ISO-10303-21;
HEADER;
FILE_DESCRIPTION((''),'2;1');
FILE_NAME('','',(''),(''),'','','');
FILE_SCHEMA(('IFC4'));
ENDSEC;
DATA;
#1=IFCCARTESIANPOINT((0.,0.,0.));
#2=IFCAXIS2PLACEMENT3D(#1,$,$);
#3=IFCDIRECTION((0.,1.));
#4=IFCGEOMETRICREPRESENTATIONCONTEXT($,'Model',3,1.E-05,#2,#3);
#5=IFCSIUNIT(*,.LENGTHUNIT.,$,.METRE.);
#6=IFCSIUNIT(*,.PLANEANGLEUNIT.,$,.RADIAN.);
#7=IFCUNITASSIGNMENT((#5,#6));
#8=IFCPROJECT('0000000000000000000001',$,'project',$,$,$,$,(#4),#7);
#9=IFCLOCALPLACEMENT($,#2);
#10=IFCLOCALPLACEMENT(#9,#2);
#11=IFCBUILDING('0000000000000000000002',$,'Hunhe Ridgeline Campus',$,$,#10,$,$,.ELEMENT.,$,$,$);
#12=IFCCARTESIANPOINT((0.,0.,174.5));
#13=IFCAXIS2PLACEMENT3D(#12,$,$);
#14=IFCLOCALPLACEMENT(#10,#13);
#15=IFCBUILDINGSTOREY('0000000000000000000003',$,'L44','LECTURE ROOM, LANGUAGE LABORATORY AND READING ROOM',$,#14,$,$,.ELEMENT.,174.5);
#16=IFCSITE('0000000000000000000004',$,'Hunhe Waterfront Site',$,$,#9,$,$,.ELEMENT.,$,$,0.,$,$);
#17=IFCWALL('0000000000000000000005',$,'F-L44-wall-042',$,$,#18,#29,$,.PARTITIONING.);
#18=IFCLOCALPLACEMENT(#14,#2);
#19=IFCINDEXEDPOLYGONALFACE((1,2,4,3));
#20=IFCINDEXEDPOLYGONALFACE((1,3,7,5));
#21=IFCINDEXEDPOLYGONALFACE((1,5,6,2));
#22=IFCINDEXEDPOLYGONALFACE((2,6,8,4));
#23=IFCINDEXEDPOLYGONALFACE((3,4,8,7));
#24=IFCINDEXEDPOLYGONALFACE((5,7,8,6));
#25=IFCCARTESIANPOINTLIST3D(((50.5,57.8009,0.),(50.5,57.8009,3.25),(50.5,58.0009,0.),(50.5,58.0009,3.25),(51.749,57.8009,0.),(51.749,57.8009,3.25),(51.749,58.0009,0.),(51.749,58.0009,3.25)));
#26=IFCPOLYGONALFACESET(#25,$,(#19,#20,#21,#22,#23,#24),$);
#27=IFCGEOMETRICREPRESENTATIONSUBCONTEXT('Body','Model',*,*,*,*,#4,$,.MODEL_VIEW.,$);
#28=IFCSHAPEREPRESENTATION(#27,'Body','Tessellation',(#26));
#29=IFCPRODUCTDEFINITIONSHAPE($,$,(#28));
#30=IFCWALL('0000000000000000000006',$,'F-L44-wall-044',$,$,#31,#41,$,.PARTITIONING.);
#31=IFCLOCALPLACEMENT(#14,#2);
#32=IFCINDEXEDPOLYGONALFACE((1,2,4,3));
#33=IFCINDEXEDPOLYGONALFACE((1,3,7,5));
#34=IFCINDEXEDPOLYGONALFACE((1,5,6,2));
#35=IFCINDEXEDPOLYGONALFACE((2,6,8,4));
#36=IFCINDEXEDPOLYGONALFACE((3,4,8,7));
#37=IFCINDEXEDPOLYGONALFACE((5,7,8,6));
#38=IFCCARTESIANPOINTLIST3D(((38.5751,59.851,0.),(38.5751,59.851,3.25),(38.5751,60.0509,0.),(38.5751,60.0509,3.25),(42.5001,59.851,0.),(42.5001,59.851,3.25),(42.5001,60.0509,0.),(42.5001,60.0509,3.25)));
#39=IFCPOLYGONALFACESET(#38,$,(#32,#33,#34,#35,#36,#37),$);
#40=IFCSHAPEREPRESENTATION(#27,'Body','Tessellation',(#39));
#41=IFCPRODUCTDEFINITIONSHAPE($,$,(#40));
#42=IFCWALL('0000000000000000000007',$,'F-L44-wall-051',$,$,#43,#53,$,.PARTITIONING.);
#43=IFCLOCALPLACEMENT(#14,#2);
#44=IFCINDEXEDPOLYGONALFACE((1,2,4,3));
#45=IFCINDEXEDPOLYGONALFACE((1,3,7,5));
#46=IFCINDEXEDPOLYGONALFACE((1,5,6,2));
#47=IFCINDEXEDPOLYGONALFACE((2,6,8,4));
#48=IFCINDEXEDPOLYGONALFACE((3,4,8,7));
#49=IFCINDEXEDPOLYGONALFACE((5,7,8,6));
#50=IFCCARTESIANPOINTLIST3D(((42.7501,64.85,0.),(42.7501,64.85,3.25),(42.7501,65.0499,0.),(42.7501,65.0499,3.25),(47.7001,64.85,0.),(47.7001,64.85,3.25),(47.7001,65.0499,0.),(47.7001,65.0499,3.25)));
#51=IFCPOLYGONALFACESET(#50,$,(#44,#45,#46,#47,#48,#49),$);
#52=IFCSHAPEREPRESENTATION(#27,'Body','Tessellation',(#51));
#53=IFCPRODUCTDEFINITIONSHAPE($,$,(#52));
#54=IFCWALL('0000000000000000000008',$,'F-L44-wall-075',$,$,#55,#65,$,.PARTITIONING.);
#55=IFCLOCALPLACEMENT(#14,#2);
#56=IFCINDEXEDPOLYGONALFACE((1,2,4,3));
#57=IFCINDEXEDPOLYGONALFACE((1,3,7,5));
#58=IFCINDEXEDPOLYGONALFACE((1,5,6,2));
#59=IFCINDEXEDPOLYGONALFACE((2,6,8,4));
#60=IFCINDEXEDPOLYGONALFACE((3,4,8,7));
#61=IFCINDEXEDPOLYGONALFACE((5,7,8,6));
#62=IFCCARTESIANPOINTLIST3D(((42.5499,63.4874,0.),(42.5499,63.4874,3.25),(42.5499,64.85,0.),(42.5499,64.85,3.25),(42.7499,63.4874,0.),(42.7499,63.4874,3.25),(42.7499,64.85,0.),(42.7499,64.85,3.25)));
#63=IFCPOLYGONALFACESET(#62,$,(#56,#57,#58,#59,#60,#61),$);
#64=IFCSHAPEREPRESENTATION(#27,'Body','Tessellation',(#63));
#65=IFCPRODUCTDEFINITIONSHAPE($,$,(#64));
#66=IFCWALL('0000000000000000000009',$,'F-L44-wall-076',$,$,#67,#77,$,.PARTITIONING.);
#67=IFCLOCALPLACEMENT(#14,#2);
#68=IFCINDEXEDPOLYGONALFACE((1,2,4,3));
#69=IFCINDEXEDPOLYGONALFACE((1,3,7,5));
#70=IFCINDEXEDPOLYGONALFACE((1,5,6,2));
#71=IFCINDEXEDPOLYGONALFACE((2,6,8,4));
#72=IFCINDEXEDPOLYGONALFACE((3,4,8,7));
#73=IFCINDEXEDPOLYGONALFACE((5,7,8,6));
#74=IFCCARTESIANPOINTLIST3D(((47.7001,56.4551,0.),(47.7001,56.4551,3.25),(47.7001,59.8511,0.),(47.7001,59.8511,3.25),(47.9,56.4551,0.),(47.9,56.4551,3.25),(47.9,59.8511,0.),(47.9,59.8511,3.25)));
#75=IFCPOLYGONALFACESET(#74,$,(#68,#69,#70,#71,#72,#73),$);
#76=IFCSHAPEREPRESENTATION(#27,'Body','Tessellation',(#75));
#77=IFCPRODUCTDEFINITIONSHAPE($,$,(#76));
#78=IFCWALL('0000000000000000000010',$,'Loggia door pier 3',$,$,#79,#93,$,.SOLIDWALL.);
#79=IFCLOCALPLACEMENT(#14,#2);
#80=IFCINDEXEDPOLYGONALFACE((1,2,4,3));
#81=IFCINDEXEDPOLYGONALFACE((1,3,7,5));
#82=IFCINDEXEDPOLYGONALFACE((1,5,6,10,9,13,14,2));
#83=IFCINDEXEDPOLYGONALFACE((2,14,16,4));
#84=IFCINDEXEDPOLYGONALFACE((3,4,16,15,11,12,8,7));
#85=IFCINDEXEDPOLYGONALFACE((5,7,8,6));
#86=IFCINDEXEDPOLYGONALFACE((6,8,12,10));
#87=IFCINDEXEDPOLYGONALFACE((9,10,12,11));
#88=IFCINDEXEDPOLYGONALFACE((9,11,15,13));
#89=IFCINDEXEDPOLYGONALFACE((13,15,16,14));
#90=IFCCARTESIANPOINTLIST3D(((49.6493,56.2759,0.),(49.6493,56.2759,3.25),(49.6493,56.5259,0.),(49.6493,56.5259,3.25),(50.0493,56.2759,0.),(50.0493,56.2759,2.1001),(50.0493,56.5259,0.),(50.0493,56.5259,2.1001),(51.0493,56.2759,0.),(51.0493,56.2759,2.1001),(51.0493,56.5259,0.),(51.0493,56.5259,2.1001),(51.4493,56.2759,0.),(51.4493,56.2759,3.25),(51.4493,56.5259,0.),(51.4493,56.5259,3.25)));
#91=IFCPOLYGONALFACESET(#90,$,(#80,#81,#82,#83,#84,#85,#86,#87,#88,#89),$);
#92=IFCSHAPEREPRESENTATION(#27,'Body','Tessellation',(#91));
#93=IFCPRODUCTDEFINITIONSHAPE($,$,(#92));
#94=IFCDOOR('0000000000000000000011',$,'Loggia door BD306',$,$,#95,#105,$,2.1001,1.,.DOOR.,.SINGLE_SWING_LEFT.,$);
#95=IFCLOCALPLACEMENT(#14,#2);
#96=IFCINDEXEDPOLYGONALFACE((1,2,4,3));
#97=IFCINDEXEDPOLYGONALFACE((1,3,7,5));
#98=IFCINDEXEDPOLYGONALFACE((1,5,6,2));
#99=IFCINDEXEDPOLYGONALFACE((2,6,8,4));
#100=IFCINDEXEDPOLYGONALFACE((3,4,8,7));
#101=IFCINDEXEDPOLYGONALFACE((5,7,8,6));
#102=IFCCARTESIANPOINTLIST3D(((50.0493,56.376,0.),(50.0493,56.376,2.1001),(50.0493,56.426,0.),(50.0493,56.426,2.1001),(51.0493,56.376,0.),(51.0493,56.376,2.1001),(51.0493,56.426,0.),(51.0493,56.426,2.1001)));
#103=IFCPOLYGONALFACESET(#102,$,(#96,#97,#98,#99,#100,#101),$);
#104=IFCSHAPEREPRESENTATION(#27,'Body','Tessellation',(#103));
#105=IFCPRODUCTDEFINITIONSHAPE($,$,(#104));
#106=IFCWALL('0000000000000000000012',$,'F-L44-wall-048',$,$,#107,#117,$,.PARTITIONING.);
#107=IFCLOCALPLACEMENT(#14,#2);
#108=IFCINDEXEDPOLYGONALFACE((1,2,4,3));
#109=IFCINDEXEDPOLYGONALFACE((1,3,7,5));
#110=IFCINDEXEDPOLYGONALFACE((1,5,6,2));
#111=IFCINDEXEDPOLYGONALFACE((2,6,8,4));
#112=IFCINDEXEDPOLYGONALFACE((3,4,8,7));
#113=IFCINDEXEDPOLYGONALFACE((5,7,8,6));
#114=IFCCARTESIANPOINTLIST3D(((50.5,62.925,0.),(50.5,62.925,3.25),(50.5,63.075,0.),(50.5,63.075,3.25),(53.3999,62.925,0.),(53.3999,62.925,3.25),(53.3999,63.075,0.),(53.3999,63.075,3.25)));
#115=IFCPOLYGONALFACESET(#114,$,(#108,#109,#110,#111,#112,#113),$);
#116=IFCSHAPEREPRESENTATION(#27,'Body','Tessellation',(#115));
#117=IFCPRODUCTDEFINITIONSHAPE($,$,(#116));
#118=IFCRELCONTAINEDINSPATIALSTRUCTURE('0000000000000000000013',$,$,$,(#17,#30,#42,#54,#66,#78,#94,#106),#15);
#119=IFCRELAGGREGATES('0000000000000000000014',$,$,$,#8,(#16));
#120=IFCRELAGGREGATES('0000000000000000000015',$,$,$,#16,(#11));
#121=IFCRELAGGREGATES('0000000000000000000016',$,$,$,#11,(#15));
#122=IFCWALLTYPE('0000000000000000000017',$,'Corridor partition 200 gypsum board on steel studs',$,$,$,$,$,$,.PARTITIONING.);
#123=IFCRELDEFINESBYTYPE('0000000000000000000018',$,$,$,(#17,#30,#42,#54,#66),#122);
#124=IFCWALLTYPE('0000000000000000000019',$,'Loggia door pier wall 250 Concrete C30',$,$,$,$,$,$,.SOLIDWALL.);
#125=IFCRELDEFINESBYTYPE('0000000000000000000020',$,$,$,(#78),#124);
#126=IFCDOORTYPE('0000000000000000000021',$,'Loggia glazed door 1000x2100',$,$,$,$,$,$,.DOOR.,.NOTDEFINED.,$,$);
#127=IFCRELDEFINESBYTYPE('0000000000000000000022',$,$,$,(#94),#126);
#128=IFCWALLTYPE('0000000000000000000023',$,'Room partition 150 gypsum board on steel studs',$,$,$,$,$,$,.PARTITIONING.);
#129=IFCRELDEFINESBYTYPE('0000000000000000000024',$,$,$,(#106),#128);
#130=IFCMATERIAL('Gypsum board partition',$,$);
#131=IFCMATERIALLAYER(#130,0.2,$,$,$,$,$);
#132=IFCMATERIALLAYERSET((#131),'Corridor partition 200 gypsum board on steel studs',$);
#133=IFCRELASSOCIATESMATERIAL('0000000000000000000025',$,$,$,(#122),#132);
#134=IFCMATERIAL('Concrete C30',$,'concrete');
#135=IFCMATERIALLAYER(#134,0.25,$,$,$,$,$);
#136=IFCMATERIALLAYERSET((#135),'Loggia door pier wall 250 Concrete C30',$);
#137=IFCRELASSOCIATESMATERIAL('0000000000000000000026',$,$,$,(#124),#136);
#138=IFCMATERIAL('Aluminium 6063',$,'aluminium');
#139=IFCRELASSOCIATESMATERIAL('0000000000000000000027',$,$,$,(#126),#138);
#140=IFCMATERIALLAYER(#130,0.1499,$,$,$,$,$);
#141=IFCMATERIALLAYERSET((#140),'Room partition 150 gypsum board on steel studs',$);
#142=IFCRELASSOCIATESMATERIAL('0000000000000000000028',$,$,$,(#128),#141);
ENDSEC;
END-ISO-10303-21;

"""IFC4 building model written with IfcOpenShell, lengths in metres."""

from ifc_helpers import new_model, si_unit, direction, frame, frame_2d, origin, place, context, subcontext, project, spatial, rectangle, extrude, material, layer, layer_set, type_object, element, fill, save


model = new_model("IFC4")

# Units and contexts
model_context = context("Model", 3, precision=1e-05, world=origin(), true_north=direction((0.0, 1.0)))
body_context = subcontext(model_context, "Body", "Model", "MODEL_VIEW")
ifc_project = project(units=[si_unit("LENGTHUNIT", "METRE"), si_unit("PLANEANGLEUNIT", "RADIAN")], contexts=[model_context])

# Site, building, storey
site_placement = place(None, origin())
site = spatial("IfcSite", under=ifc_project, at=site_placement, Name="Hunhe Waterfront Site", CompositionType="ELEMENT", RefElevation=0.0)
building_placement = place(site_placement, origin())
building = spatial("IfcBuilding", under=site, at=building_placement, Name="Hunhe Ridgeline Campus", CompositionType="ELEMENT")
storey_placement = place(building_placement, frame((0.0, 0.0, 174.5)))
storey = spatial("IfcBuildingStorey", under=building, at=storey_placement, Name="L44", Description="LECTURE ROOM, LANGUAGE LABORATORY AND READING ROOM", CompositionType="ELEMENT", Elevation=174.5)

# Shared definitions
ifc_material_1 = material(Name="Aluminium 6063", Category="aluminium")

# Walls
ifc_material_2 = material(Name="Concrete C30", Category="concrete")
ifc_material_3 = material(Name="Gypsum board partition")
ifc_layer_1 = layer(ifc_material_3, 0.2)
ifc_layer_set_1 = layer_set([ifc_layer_1], Name="Corridor partition 200 gypsum board on steel studs")
wall_type_1 = type_object("IfcWallType", Name="Corridor partition 200 gypsum board on steel studs", PredefinedType="PARTITIONING", material=ifc_layer_set_1)
wall_1_placement = place(storey_placement, frame((50.5, 57.9009, 0.0), z_axis=(0.0, 0.0, 1.0), x_axis=(1.0, 0.0, 0.0)))
element("IfcWall", 1, at=wall_1_placement, inside=storey, type_object=wall_type_1, Name="F-L44-wall-042", PredefinedType="PARTITIONING", context=body_context, shape_type="SweptSolid", body=[
    extrude(rectangle(XDim=1.249, YDim=0.2, at=frame_2d((0.6245, 0.0))), origin(), (0.0, 0.0, 1.0), 3.25),
])
wall_2_placement = place(storey_placement, frame((42.5, 59.9509, 0.0), z_axis=(0.0, 0.0, 1.0), x_axis=(-1.0, 0.0, 0.0)))
element("IfcWall", 2, at=wall_2_placement, inside=storey, type_object=wall_type_1, Name="F-L44-wall-044", PredefinedType="PARTITIONING", context=body_context, shape_type="SweptSolid", body=[
    extrude(rectangle(XDim=3.925, YDim=0.2, at=frame_2d((1.9624, 0.0))), origin(), (0.0, 0.0, 1.0), 3.25),
])

# Walls
wall_3_placement = place(storey_placement, frame((42.75, 64.95, 0.0), z_axis=(0.0, 0.0, 1.0), x_axis=(1.0, 0.0, 0.0)))
element("IfcWall", 3, at=wall_3_placement, inside=storey, type_object=wall_type_1, Name="F-L44-wall-051", PredefinedType="PARTITIONING", context=body_context, shape_type="SweptSolid", body=[
    extrude(rectangle(XDim=4.95, YDim=0.2, at=frame_2d((2.4751, 0.0))), origin(), (0.0, 0.0, 1.0), 3.25),
])
wall_4_placement = place(storey_placement, frame((42.6499, 63.4875, 0.0), z_axis=(0.0, 0.0, 1.0), x_axis=(0.0, 1.0, 0.0)))
element("IfcWall", 4, at=wall_4_placement, inside=storey, type_object=wall_type_1, Name="F-L44-wall-075", PredefinedType="PARTITIONING", context=body_context, shape_type="SweptSolid", body=[
    extrude(rectangle(XDim=1.3625, YDim=0.2, at=frame_2d((0.6812, 0.0))), origin(), (0.0, 0.0, 1.0), 3.25),
])
wall_5_placement = place(storey_placement, frame((47.8, 56.4551, 0.0), z_axis=(0.0, 0.0, 1.0), x_axis=(0.0, 1.0, 0.0)))
element("IfcWall", 5, at=wall_5_placement, inside=storey, type_object=wall_type_1, Name="F-L44-wall-076", PredefinedType="PARTITIONING", context=body_context, shape_type="SweptSolid", body=[
    extrude(rectangle(XDim=3.396, YDim=0.2, at=frame_2d((1.698, 0.0))), origin(), (0.0, 0.0, 1.0), 3.25),
])

# Wall, opening, door
ifc_layer_2 = layer(ifc_material_2, 0.25)
ifc_layer_set_2 = layer_set([ifc_layer_2], Name="Loggia door pier wall 250 Concrete C30")
wall_type_2 = type_object("IfcWallType", Name="Loggia door pier wall 250 Concrete C30", PredefinedType="SOLIDWALL", material=ifc_layer_set_2)
wall_6_placement = place(storey_placement, frame((49.6494, 56.4009, 0.0), z_axis=(0.0, 0.0, 1.0), x_axis=(1.0, 0.0, 0.0)))
wall_6 = element("IfcWall", 6, at=wall_6_placement, inside=storey, type_object=wall_type_2, Name="Loggia door pier 3", PredefinedType="SOLIDWALL", context=body_context, shape_type="SweptSolid", body=[
    extrude(rectangle(XDim=1.8, YDim=0.25, at=frame_2d((0.8999, 0.0))), origin(), (0.0, 0.0, 1.0), 3.25),
])
opening_1_placement = place(wall_6_placement, frame((0.3999, 0.0, 0.0)))
opening_1 = element("IfcOpeningElement", 7, at=opening_1_placement, cuts=wall_6, PredefinedType="OPENING", context=body_context, shape_type="SweptSolid", body=[
    extrude(rectangle(XDim=1.0, YDim=2.1001, at=frame_2d((0.5, 1.05))), frame((0.0, 0.125, 0.0), z_axis=(0.0, -1.0, 0.0), x_axis=(1.0, 0.0, 0.0)), (0.0, 0.0, 1.0), 0.25),
])
door_type_1 = type_object("IfcDoorType", Name="Loggia glazed door 1000x2100", OperationType="NOTDEFINED", PredefinedType="DOOR", material=ifc_material_1)
door_1_placement = place(opening_1_placement, frame((1.0, 0.0, 0.0), z_axis=(0.0, 0.0, 1.0), x_axis=(-1.0, 0.0, 0.0)))
door_1 = element("IfcDoor", 8, at=door_1_placement, inside=storey, type_object=door_type_1, Name="Loggia door BD306", OperationType="SINGLE_SWING_LEFT", OverallHeight=2.1001, OverallWidth=1.0, PredefinedType="DOOR", context=body_context, shape_type="SweptSolid", body=[
    extrude(rectangle(XDim=1.0, YDim=2.1001, at=frame_2d((0.5, 1.05))), frame((0.0, 0.0249, 0.0), z_axis=(0.0, -1.0, 0.0), x_axis=(1.0, 0.0, 0.0)), (0.0, 0.0, 1.0), 0.05),
])
fill(opening_1, door_1)

# Wall
ifc_layer_3 = layer(ifc_material_3, 0.1499)
ifc_layer_set_3 = layer_set([ifc_layer_3], Name="Room partition 150 gypsum board on steel studs")
wall_type_3 = type_object("IfcWallType", Name="Room partition 150 gypsum board on steel studs", PredefinedType="PARTITIONING", material=ifc_layer_set_3)
wall_7_placement = place(storey_placement, frame((50.5, 63.0, 0.0), z_axis=(0.0, 0.0, 1.0), x_axis=(1.0, 0.0, 0.0)))
element("IfcWall", 9, at=wall_7_placement, inside=storey, type_object=wall_type_3, Name="F-L44-wall-048", PredefinedType="PARTITIONING", context=body_context, shape_type="SweptSolid", body=[
    extrude(rectangle(XDim=2.8999, YDim=0.1499, at=frame_2d((1.45, 0.0))), origin(), (0.0, 0.0, 1.0), 3.25),
])

save(model, "model.ifc")
